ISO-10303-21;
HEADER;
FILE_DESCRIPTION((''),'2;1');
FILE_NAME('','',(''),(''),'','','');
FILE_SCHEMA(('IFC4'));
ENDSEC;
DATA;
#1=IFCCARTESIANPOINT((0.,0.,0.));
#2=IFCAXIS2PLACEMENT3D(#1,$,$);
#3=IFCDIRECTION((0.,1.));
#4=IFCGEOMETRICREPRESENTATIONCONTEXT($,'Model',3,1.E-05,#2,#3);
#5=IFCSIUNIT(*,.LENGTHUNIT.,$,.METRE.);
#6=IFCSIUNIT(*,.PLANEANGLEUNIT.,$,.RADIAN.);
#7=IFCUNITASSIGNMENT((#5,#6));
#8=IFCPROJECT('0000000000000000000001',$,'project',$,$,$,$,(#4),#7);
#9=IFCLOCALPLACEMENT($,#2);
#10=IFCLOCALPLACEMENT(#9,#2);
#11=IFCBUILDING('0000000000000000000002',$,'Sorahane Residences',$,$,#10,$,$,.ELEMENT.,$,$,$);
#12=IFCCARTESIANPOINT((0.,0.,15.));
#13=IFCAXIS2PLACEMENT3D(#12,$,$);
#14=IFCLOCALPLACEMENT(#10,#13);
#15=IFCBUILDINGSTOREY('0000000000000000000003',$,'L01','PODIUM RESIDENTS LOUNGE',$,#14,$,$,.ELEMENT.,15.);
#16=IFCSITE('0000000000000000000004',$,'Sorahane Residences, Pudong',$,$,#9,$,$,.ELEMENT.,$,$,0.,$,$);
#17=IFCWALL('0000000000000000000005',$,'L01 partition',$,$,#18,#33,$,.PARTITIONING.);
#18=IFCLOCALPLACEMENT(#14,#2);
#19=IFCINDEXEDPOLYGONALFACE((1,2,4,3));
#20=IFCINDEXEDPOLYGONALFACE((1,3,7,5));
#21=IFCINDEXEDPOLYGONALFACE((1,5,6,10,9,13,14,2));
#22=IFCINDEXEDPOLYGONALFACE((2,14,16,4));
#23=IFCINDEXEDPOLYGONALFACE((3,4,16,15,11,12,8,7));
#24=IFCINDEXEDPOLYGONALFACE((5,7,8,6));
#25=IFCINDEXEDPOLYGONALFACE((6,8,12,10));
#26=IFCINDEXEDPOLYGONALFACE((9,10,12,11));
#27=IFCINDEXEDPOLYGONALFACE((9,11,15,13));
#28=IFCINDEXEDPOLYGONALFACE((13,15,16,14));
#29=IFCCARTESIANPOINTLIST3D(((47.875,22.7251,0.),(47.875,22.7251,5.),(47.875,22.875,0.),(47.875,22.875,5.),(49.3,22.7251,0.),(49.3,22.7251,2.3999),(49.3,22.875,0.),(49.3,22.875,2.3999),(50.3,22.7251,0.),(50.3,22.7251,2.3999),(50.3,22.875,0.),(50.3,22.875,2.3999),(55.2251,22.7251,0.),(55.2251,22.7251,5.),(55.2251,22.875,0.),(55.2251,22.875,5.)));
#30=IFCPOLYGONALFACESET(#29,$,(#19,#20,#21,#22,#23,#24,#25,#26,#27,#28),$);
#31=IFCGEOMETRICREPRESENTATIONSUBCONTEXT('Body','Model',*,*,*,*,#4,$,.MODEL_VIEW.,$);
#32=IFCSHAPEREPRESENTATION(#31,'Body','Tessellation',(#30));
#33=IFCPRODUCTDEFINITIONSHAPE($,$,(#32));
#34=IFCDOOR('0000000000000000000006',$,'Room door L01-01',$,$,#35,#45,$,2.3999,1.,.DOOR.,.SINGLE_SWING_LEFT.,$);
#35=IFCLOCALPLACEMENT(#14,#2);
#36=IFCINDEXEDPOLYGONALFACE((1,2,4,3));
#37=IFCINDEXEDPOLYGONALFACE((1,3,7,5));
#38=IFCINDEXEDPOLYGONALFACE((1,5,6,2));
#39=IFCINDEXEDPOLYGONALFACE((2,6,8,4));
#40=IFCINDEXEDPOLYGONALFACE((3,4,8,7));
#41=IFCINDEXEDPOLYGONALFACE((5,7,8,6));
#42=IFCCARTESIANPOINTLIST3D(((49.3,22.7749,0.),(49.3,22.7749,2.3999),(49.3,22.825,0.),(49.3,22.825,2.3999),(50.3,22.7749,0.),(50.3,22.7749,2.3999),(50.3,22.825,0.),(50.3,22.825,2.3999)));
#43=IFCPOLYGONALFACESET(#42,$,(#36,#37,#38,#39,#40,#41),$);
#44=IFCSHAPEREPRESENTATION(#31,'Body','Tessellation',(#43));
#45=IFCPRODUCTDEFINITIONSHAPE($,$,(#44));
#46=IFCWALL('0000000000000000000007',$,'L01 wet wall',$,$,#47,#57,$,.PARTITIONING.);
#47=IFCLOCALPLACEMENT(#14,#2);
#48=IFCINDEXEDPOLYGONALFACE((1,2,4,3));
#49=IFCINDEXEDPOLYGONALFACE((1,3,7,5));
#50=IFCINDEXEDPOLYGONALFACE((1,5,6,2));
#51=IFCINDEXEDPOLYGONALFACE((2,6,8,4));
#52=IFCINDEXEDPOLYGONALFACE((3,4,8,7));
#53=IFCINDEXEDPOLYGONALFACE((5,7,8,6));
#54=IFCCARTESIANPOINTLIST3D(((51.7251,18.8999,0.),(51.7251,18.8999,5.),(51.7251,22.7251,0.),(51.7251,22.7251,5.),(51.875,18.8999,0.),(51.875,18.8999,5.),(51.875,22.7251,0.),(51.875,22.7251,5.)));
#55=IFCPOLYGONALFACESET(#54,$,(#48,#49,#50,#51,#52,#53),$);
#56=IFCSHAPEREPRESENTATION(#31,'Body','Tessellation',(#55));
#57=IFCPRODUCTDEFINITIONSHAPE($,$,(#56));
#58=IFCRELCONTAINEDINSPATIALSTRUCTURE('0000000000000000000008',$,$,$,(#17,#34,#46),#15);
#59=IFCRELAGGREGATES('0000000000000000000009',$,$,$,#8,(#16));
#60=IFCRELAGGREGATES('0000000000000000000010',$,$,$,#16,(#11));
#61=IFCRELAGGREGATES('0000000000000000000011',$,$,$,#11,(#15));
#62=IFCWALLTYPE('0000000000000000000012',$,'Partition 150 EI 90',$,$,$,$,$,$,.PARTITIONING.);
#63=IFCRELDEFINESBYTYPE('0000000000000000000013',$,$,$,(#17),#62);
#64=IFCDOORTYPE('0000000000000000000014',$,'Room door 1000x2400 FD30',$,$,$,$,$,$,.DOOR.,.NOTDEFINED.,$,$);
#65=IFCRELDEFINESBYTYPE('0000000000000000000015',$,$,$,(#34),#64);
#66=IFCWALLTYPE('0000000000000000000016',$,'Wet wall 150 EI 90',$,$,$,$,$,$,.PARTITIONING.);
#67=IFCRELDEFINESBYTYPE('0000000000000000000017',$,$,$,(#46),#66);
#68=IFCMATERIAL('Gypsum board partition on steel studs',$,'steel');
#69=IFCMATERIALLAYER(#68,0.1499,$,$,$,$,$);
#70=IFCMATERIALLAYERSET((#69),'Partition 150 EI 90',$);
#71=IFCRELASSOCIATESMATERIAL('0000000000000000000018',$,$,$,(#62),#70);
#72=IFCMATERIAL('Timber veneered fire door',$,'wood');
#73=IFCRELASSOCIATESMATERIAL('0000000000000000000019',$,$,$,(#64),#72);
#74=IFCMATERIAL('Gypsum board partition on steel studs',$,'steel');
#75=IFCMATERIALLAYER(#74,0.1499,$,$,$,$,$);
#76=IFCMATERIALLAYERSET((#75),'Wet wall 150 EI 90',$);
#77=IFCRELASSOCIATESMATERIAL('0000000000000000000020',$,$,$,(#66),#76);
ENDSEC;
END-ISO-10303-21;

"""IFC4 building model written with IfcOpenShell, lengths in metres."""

from ifc_helpers import new_model, si_unit, direction, frame, frame_2d, origin, place, context, subcontext, project, spatial, rectangle, extrude, material, layer, layer_set, type_object, element, fill, save


model = new_model("IFC4")

# Units and contexts
model_context = context("Model", 3, precision=1e-05, world=origin(), true_north=direction((0.0, 1.0)))
body_context = subcontext(model_context, "Body", "Model", "MODEL_VIEW")
ifc_project = project(units=[si_unit("LENGTHUNIT", "METRE"), si_unit("PLANEANGLEUNIT", "RADIAN")], contexts=[model_context])

# Site, building, storey
site_placement = place(None, origin())
site = spatial("IfcSite", under=ifc_project, at=site_placement, Name="Sorahane Residences, Pudong", CompositionType="ELEMENT", RefElevation=0.0)
building_placement = place(site_placement, origin())
building = spatial("IfcBuilding", under=site, at=building_placement, Name="Sorahane Residences", CompositionType="ELEMENT")
storey_placement = place(building_placement, frame((0.0, 0.0, 15.0)))
storey = spatial("IfcBuildingStorey", under=building, at=storey_placement, Name="L01", Description="PODIUM RESIDENTS LOUNGE", CompositionType="ELEMENT", Elevation=15.0)

# Shared definitions
ifc_material_1 = material(Name="Gypsum board partition on steel studs", Category="steel")
ifc_layer_1 = layer(ifc_material_1, 0.1499)
ifc_layer_set_1 = layer_set([ifc_layer_1], Name="Partition 150 EI 90")
wall_type_1 = type_object("IfcWallType", Name="Partition 150 EI 90", PredefinedType="PARTITIONING", material=ifc_layer_set_1)

# Wall, opening, door
ifc_material_2 = material(Name="Timber veneered fire door", Category="wood")
door_type_1 = type_object("IfcDoorType", Name="Room door 1000x2400 FD30", OperationType="NOTDEFINED", PredefinedType="DOOR", material=ifc_material_2)
wall_1_placement = place(storey_placement, frame((47.875, 22.8, 0.0), z_axis=(0.0, 0.0, 1.0), x_axis=(1.0, 0.0, 0.0)))
wall_1 = element("IfcWall", 1, at=wall_1_placement, inside=storey, type_object=wall_type_1, Name="L01 partition", PredefinedType="PARTITIONING", context=body_context, shape_type="SweptSolid", body=[
    extrude(rectangle(XDim=7.3501, YDim=0.1499, at=frame_2d((3.675, 0.0))), origin(), (0.0, 0.0, 1.0), 5.0),
])
opening_1_placement = place(wall_1_placement, frame((1.425, 0.0, 0.0)))
opening_1 = element("IfcOpeningElement", 2, at=opening_1_placement, cuts=wall_1, PredefinedType="OPENING", context=body_context, shape_type="SweptSolid", body=[
    extrude(rectangle(XDim=1.0, YDim=2.3999, at=frame_2d((0.5, 1.2))), frame((0.0, 0.085, 0.0), z_axis=(0.0, -1.0, 0.0), x_axis=(1.0, 0.0, 0.0)), (0.0, 0.0, 1.0), 0.1699),
])
door_1_placement = place(opening_1_placement, origin())
door_1 = element("IfcDoor", 3, at=door_1_placement, inside=storey, type_object=door_type_1, Name="Room door L01-01", OperationType="SINGLE_SWING_LEFT", OverallHeight=2.3999, OverallWidth=1.0, PredefinedType="DOOR", context=body_context, shape_type="SweptSolid", body=[
    extrude(rectangle(XDim=1.0, YDim=2.3999, at=frame_2d((0.5, 1.2))), frame((0.0, 0.0249, 0.0), z_axis=(0.0, -1.0, 0.0), x_axis=(1.0, 0.0, 0.0)), (0.0, 0.0, 1.0), 0.05),
])
fill(opening_1, door_1)

# Wall
ifc_material_3 = material(Name="Gypsum board partition on steel studs", Category="steel")
ifc_layer_2 = layer(ifc_material_3, 0.1499)
ifc_layer_set_2 = layer_set([ifc_layer_2], Name="Wet wall 150 EI 90")
wall_type_2 = type_object("IfcWallType", Name="Wet wall 150 EI 90", PredefinedType="PARTITIONING", material=ifc_layer_set_2)
wall_2_placement = place(storey_placement, frame((51.8, 18.8999, 0.0), z_axis=(0.0, 0.0, 1.0), x_axis=(0.0, 1.0, 0.0)))
element("IfcWall", 4, at=wall_2_placement, inside=storey, type_object=wall_type_2, Name="L01 wet wall", PredefinedType="PARTITIONING", context=body_context, shape_type="SweptSolid", body=[
    extrude(rectangle(XDim=3.8252, YDim=0.1499, at=frame_2d((1.9126, 0.0))), origin(), (0.0, 0.0, 1.0), 5.0),
])

save(model, "model.ifc")
